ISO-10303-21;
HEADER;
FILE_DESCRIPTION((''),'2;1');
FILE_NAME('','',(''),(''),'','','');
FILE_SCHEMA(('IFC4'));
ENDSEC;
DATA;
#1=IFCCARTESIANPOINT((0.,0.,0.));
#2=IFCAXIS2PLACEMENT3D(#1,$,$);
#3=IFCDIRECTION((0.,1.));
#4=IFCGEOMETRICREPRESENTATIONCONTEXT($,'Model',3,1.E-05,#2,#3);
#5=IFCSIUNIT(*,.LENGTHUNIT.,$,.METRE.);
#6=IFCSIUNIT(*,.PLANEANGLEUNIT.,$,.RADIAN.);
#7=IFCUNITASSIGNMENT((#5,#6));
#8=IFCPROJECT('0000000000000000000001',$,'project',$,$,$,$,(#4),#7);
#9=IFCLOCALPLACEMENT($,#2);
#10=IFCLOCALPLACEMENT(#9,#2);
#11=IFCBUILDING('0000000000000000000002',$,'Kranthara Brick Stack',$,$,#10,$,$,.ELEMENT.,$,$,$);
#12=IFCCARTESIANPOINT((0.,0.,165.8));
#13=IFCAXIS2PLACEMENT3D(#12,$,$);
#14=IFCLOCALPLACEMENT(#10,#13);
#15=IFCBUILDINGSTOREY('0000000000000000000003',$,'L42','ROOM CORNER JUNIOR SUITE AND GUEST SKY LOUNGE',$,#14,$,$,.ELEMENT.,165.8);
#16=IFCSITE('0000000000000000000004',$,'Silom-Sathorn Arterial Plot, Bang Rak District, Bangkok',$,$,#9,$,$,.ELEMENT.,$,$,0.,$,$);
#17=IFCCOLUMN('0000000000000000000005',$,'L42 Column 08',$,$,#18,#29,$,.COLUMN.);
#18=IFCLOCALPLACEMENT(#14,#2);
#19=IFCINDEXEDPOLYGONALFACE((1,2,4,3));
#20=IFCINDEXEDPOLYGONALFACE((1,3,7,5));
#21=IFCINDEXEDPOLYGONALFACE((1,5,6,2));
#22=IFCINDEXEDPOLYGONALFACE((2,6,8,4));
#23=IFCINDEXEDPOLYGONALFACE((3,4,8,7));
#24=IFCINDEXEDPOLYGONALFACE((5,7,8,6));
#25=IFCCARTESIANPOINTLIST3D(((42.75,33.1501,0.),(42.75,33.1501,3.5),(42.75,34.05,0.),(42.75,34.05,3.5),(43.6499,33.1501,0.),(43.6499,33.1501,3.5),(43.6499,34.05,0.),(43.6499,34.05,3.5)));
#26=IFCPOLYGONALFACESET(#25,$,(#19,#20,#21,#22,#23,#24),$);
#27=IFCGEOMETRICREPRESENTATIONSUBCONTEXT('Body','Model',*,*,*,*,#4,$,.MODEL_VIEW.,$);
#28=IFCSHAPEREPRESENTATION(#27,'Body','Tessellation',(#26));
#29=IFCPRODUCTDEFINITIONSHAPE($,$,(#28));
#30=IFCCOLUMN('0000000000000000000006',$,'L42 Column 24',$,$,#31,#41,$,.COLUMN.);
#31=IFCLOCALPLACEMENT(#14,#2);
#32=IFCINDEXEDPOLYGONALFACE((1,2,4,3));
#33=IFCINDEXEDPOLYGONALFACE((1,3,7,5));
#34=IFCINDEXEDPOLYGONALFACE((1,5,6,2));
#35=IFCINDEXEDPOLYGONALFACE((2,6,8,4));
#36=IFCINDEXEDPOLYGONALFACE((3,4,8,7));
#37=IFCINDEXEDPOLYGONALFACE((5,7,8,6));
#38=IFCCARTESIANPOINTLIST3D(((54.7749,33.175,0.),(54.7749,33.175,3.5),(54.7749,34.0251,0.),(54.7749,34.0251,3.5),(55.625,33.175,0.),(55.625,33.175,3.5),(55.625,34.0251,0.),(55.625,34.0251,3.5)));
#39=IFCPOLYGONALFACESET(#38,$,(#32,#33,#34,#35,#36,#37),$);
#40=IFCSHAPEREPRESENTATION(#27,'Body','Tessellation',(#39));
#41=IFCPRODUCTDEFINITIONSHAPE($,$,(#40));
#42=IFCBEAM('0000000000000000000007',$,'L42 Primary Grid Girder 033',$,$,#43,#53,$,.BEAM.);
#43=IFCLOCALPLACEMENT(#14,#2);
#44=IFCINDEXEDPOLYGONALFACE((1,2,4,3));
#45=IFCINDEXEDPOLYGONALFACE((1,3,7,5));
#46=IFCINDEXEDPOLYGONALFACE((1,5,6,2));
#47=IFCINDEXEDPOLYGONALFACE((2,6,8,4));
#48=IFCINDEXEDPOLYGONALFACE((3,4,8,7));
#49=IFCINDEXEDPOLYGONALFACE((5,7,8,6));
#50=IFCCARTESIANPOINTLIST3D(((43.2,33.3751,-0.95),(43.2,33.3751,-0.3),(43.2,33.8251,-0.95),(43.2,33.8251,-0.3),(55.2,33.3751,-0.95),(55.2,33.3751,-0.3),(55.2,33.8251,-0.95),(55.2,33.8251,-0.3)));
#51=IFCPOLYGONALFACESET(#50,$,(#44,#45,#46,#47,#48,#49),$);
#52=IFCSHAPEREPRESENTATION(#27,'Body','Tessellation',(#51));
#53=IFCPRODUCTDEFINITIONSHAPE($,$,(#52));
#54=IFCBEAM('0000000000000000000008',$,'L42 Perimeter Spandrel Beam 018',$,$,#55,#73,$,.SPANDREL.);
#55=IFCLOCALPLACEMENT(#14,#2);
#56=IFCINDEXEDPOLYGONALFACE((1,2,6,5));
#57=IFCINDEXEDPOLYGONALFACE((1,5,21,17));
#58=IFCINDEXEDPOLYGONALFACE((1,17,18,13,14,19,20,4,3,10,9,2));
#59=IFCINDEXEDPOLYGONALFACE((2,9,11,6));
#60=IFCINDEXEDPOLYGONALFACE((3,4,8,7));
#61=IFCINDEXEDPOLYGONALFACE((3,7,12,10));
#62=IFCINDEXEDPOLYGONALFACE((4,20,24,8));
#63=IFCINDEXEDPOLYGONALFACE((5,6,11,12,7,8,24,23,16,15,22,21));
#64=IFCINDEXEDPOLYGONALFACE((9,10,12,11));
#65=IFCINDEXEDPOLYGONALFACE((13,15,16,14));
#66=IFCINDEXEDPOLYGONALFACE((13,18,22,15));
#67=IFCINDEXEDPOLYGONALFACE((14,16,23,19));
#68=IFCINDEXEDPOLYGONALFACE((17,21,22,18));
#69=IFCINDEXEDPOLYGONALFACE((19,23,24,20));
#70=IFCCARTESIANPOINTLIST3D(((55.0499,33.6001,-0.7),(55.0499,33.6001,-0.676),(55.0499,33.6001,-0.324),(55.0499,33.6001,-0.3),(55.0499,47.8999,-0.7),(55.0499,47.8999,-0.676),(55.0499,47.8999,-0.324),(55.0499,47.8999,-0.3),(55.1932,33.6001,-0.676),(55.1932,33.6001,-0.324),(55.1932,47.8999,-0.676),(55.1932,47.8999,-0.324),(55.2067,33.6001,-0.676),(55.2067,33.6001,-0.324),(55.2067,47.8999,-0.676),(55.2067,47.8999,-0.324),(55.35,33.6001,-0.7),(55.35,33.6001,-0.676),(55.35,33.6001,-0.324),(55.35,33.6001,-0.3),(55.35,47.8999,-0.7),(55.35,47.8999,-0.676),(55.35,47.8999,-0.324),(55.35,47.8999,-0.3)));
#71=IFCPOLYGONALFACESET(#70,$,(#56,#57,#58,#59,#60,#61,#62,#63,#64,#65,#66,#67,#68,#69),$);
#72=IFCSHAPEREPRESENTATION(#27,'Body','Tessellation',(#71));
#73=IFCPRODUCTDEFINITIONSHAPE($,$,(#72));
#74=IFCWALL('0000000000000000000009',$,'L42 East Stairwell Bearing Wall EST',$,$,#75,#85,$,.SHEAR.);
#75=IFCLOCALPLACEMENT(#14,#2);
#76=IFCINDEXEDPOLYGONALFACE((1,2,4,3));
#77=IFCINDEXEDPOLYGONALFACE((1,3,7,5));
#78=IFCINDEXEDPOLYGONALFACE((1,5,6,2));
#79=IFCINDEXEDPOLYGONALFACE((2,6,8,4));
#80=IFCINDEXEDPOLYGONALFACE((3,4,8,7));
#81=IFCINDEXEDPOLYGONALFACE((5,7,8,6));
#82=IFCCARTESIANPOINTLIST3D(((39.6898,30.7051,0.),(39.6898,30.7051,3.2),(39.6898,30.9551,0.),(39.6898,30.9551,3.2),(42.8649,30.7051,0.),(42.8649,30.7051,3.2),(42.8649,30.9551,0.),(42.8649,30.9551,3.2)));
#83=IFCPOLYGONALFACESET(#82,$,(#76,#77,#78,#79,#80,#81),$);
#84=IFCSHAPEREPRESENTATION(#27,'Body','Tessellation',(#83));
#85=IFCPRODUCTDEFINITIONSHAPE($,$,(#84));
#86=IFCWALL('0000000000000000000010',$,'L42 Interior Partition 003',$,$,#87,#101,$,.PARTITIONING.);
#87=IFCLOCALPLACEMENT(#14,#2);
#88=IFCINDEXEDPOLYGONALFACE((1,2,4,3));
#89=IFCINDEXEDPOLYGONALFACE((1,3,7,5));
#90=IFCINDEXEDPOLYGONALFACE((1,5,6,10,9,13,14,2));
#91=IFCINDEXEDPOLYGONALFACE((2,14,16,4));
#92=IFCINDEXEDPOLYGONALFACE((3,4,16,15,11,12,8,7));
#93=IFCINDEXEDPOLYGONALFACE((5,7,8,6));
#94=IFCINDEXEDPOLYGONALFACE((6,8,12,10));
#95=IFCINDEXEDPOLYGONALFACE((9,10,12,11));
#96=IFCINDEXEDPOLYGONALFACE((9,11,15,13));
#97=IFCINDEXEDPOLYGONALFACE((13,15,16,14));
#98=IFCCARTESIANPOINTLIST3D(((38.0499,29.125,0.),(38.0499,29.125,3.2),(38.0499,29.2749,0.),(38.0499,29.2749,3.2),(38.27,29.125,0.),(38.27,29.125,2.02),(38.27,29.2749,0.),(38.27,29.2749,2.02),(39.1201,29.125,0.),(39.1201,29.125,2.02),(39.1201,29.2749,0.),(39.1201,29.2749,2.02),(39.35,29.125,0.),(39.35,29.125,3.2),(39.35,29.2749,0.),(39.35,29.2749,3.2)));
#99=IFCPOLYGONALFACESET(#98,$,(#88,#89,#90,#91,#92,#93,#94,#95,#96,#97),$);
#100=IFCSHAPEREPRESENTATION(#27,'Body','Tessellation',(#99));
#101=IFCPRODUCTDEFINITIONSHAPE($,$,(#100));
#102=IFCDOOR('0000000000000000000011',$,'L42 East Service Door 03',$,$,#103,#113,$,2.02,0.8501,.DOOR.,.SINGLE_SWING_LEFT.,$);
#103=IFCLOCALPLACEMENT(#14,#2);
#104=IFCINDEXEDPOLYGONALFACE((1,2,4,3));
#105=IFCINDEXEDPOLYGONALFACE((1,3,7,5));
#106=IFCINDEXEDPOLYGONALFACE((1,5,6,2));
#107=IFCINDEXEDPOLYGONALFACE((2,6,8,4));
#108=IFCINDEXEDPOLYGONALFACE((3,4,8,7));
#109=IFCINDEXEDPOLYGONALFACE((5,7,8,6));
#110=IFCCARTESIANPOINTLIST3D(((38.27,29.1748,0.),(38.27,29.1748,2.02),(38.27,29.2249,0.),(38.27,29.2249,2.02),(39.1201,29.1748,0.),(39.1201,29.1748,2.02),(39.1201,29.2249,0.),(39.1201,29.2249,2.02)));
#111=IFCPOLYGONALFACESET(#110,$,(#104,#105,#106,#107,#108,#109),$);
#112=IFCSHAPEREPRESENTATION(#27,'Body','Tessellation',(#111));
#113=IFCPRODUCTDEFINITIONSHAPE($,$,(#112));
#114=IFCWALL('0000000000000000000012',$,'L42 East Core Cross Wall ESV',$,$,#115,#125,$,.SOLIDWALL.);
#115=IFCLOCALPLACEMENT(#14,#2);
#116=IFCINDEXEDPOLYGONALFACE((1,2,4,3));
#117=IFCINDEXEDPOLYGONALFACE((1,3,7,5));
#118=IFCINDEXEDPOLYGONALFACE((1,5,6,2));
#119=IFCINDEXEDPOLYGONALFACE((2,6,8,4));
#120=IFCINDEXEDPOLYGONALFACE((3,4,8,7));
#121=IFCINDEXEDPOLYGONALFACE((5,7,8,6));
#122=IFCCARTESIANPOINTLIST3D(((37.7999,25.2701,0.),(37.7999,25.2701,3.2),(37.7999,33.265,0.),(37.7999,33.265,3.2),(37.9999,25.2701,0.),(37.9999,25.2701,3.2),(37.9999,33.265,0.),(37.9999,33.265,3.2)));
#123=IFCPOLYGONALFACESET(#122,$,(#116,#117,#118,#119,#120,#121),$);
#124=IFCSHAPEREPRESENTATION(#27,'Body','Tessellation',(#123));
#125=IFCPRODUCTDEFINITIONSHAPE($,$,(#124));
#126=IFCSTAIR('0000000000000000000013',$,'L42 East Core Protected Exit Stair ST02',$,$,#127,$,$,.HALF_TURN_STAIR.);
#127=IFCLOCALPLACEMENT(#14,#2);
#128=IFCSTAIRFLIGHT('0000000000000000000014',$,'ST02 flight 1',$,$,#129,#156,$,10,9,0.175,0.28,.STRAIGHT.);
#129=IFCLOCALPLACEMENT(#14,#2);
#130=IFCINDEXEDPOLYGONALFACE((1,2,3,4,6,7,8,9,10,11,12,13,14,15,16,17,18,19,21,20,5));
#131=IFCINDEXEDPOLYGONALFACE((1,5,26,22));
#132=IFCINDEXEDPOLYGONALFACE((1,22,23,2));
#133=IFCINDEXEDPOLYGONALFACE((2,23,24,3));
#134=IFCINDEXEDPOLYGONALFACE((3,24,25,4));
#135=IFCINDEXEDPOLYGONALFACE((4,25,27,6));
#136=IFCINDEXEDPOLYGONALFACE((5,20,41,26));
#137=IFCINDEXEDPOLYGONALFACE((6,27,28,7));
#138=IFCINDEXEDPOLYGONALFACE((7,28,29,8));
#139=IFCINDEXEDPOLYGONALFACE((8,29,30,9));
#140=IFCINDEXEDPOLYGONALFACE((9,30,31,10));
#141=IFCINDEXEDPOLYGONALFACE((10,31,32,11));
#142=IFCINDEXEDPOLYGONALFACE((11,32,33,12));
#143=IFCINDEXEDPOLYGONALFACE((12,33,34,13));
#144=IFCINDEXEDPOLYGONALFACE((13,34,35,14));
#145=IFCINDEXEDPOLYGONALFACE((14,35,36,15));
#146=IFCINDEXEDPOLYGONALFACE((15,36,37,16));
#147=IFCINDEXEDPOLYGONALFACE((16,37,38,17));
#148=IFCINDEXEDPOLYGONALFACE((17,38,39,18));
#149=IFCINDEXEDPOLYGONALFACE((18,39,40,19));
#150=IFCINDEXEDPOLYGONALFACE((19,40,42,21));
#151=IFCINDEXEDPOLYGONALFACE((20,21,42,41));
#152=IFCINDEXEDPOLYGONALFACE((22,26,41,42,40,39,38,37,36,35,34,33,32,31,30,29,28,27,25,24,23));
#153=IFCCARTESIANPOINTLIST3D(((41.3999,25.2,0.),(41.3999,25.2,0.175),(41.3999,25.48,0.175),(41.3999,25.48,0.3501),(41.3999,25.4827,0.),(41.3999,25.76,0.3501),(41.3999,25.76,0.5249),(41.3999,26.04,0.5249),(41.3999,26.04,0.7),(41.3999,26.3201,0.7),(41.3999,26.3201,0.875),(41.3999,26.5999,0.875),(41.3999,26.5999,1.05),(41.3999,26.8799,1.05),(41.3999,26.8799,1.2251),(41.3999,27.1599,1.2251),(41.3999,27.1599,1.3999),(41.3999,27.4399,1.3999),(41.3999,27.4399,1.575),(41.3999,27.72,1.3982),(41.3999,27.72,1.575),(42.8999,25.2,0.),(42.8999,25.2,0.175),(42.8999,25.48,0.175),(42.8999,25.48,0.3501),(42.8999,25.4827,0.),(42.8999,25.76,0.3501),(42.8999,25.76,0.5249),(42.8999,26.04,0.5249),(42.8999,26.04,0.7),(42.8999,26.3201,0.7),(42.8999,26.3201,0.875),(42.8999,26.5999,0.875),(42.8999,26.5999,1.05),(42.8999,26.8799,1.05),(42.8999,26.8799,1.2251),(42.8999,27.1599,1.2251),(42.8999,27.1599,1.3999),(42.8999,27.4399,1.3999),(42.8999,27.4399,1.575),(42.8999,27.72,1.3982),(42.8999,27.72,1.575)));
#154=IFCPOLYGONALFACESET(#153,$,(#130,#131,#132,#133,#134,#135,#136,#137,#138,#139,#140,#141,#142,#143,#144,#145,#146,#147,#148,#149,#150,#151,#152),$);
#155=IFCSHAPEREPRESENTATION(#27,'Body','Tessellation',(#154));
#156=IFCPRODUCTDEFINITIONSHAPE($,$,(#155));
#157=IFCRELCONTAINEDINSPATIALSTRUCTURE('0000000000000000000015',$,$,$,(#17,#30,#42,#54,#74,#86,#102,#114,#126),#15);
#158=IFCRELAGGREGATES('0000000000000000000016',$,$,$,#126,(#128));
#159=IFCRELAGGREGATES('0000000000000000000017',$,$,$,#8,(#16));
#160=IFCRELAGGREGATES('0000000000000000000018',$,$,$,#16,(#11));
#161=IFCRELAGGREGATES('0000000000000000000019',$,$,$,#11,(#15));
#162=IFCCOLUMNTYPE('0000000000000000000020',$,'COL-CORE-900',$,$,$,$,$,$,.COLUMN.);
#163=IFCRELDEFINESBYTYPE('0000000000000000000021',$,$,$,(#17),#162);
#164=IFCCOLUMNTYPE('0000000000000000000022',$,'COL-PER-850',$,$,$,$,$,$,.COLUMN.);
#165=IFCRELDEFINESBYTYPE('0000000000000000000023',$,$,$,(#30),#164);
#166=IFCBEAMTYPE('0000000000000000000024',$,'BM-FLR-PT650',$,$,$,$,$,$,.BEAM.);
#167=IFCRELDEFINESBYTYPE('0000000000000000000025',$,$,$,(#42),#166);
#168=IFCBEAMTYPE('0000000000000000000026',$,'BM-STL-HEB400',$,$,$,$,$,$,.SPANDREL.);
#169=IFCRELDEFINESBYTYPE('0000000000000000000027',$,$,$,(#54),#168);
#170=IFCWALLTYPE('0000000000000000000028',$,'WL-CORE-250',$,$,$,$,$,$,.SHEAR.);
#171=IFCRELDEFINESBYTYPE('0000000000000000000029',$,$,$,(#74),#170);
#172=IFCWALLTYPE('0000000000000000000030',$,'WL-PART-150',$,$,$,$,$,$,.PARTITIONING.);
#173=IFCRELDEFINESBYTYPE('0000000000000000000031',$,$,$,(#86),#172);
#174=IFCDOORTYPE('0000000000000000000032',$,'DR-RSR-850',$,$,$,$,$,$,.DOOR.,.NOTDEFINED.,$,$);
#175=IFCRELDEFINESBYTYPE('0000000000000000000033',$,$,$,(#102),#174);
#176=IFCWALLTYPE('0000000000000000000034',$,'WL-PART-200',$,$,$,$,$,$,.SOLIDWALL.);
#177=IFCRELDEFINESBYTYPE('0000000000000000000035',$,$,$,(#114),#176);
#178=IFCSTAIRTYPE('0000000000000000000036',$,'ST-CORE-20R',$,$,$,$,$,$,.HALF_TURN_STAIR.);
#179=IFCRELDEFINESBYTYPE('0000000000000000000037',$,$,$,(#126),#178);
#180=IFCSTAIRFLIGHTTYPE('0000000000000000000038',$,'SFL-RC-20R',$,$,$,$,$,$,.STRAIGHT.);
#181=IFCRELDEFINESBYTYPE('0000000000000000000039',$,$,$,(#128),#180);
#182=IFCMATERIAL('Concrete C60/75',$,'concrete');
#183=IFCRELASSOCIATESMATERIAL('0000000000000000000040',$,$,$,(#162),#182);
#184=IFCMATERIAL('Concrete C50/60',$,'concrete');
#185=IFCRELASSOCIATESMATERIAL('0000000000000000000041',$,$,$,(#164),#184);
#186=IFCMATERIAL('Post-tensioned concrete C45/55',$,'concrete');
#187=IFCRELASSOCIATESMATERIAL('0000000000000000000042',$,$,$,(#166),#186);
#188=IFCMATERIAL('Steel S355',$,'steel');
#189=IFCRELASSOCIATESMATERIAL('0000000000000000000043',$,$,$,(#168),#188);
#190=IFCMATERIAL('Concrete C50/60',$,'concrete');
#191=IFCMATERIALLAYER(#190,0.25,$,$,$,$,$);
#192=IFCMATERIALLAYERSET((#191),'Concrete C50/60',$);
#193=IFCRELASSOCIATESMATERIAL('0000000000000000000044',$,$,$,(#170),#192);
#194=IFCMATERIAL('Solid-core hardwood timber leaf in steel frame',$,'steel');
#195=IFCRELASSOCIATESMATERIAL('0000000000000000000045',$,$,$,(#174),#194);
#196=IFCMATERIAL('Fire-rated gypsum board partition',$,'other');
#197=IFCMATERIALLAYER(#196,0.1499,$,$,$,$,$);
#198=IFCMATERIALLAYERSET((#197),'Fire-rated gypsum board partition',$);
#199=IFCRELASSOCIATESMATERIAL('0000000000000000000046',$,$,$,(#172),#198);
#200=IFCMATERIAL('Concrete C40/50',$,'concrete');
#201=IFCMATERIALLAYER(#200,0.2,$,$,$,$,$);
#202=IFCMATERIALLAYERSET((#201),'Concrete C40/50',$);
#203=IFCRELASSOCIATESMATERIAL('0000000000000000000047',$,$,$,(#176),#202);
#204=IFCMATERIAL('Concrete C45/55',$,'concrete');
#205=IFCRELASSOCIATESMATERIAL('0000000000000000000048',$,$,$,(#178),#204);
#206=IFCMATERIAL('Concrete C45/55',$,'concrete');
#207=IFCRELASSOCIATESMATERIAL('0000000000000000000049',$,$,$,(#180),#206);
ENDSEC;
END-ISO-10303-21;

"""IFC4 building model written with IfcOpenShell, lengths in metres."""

from ifc_helpers import new_model, si_unit, direction, frame, frame_2d, origin, origin_2d, place, context, subcontext, project, spatial, polyline, rectangle, i_section, outline, extrude, material, layer, layer_set, material_profile, profile_set, type_object, element, fill, aggregate, save


model = new_model("IFC4")

# Units and contexts
model_context = context("Model", 3, precision=1e-05, world=origin(), true_north=direction((0.0, 1.0)))
body_context = subcontext(model_context, "Body", "Model", "MODEL_VIEW")
ifc_project = project(units=[si_unit("LENGTHUNIT", "METRE"), si_unit("PLANEANGLEUNIT", "RADIAN")], contexts=[model_context])

# Site, building, storey
site_placement = place(None, origin())
site = spatial("IfcSite", under=ifc_project, at=site_placement, Name="Silom-Sathorn Arterial Plot, Bang Rak District, Bangkok", CompositionType="ELEMENT", RefElevation=0.0)
building_placement = place(site_placement, origin())
building = spatial("IfcBuilding", under=site, at=building_placement, Name="Kranthara Brick Stack", CompositionType="ELEMENT")
storey_placement = place(building_placement, frame((0.0, 0.0, 165.8)))
storey = spatial("IfcBuildingStorey", under=building, at=storey_placement, Name="L42", Description="ROOM CORNER JUNIOR SUITE AND GUEST SKY LOUNGE", CompositionType="ELEMENT", Elevation=165.8)

# Columns
ifc_material_1 = material(Name="Concrete C60/75", Category="concrete")
ifc_material_profile_1 = material_profile(ifc_material_1, rectangle(XDim=0.8999, YDim=0.8999, at=origin_2d()), Name="RC 900x900")
ifc_profile_set_1 = profile_set([ifc_material_profile_1], Name="Concrete C60/75")
column_type_1 = type_object("IfcColumnType", Name="COL-CORE-900", PredefinedType="COLUMN", material=ifc_profile_set_1)
column_1_placement = place(storey_placement, frame((43.2, 33.6001, 0.0), z_axis=(0.0, 0.0, 1.0), x_axis=(1.0, 0.0, 0.0)))
element("IfcColumn", 1, at=column_1_placement, inside=storey, type_object=column_type_1, Name="L42 Column 08", PredefinedType="COLUMN", context=body_context, shape_type="SweptSolid", body=[
    extrude(rectangle(XDim=0.8999, YDim=0.8999, at=origin_2d()), origin(), (0.0, 0.0, 1.0), 3.5),
])
ifc_material_2 = material(Name="Concrete C50/60", Category="concrete")
ifc_material_profile_2 = material_profile(ifc_material_2, rectangle(XDim=0.8501, YDim=0.8501, at=origin_2d()), Name="RC 850x850")
ifc_profile_set_2 = profile_set([ifc_material_profile_2], Name="Concrete C50/60")
column_type_2 = type_object("IfcColumnType", Name="COL-PER-850", PredefinedType="COLUMN", material=ifc_profile_set_2)
column_2_placement = place(storey_placement, frame((55.2, 33.6001, 0.0), z_axis=(0.0, 0.0, 1.0), x_axis=(1.0, 0.0, 0.0)))
element("IfcColumn", 2, at=column_2_placement, inside=storey, type_object=column_type_2, Name="L42 Column 24", PredefinedType="COLUMN", context=body_context, shape_type="SweptSolid", body=[
    extrude(rectangle(XDim=0.8501, YDim=0.8501, at=origin_2d()), origin(), (0.0, 0.0, 1.0), 3.5),
])

# Beams
ifc_material_3 = material(Name="Post-tensioned concrete C45/55", Category="concrete")
ifc_material_profile_3 = material_profile(ifc_material_3, rectangle(XDim=0.45, YDim=0.6499, at=origin_2d()), Name="PT 450x650")
ifc_profile_set_3 = profile_set([ifc_material_profile_3], Name="Post-tensioned concrete C45/55")
beam_type_1 = type_object("IfcBeamType", Name="BM-FLR-PT650", PredefinedType="BEAM", material=ifc_profile_set_3)
beam_1_placement = place(storey_placement, frame((43.2, 33.6001, -0.625), z_axis=(1.0, 0.0, 0.0), x_axis=(0.0, 1.0, 0.0)))
element("IfcBeam", 3, at=beam_1_placement, inside=storey, type_object=beam_type_1, Name="L42 Primary Grid Girder 033", PredefinedType="BEAM", context=body_context, shape_type="SweptSolid", body=[
    extrude(rectangle(XDim=0.45, YDim=0.6499, at=origin_2d()), origin(), (0.0, 0.0, 1.0), 12.0),
])
ifc_material_4 = material(Name="Steel S355", Category="steel")
ifc_material_profile_4 = material_profile(ifc_material_4, i_section(OverallWidth=0.3, OverallDepth=0.3999, WebThickness=0.0134, FlangeThickness=0.0239, at=origin_2d()), Name="HEB 400")
ifc_profile_set_4 = profile_set([ifc_material_profile_4], Name="Steel S355")
beam_type_2 = type_object("IfcBeamType", Name="BM-STL-HEB400", PredefinedType="SPANDREL", material=ifc_profile_set_4)
beam_2_placement = place(storey_placement, frame((55.2, 33.6001, -0.5), z_axis=(0.0, 1.0, 0.0), x_axis=(-1.0, 0.0, 0.0)))
element("IfcBeam", 4, at=beam_2_placement, inside=storey, type_object=beam_type_2, Name="L42 Perimeter Spandrel Beam 018", PredefinedType="SPANDREL", context=body_context, shape_type="SweptSolid", body=[
    extrude(i_section(OverallWidth=0.3, OverallDepth=0.3999, WebThickness=0.0134, FlangeThickness=0.0239, at=origin_2d()), origin(), (0.0, 0.0, 1.0), 14.2998),
])

# Wall
ifc_material_5 = material(Name="Concrete C50/60", Category="concrete")
ifc_layer_1 = layer(ifc_material_5, 0.25)
ifc_layer_set_1 = layer_set([ifc_layer_1], Name="Concrete C50/60")
wall_type_1 = type_object("IfcWallType", Name="WL-CORE-250", PredefinedType="SHEAR", material=ifc_layer_set_1)
wall_1_placement = place(storey_placement, frame((39.6899, 30.8301, 0.0), z_axis=(0.0, 0.0, 1.0), x_axis=(1.0, 0.0, 0.0)))
element("IfcWall", 5, at=wall_1_placement, inside=storey, type_object=wall_type_1, Name="L42 East Stairwell Bearing Wall EST", PredefinedType="SHEAR", context=body_context, shape_type="SweptSolid", body=[
    extrude(rectangle(XDim=3.175, YDim=0.25, at=frame_2d((1.5874, 0.0))), origin(), (0.0, 0.0, 1.0), 3.2),
])

# Shared definitions
ifc_material_6 = material(Name="Solid-core hardwood timber leaf in steel frame", Category="steel")
door_type_1 = type_object("IfcDoorType", Name="DR-RSR-850", OperationType="NOTDEFINED", PredefinedType="DOOR", material=ifc_material_6)

# Wall, opening, door
ifc_material_7 = material(Name="Fire-rated gypsum board partition", Category="other")
ifc_layer_2 = layer(ifc_material_7, 0.1499)
ifc_layer_set_2 = layer_set([ifc_layer_2], Name="Fire-rated gypsum board partition")
wall_type_2 = type_object("IfcWallType", Name="WL-PART-150", PredefinedType="PARTITIONING", material=ifc_layer_set_2)
wall_2_placement = place(storey_placement, frame((38.05, 29.2, 0.0), z_axis=(0.0, 0.0, 1.0), x_axis=(1.0, 0.0, 0.0)))
wall_2 = element("IfcWall", 6, at=wall_2_placement, inside=storey, type_object=wall_type_2, Name="L42 Interior Partition 003", PredefinedType="PARTITIONING", context=body_context, shape_type="SweptSolid", body=[
    extrude(rectangle(XDim=1.3, YDim=0.1499, at=frame_2d((0.6499, 0.0))), origin(), (0.0, 0.0, 1.0), 3.2),
])
opening_1_placement = place(wall_2_placement, frame((0.22, 0.0, 0.0)))
opening_1 = element("IfcOpeningElement", 7, at=opening_1_placement, cuts=wall_2, PredefinedType="OPENING", context=body_context, shape_type="SweptSolid", body=[
    extrude(rectangle(XDim=0.8501, YDim=2.02, at=frame_2d((0.425, 1.01))), frame((0.0, 0.085, 0.0), z_axis=(0.0, -1.0, 0.0), x_axis=(1.0, 0.0, 0.0)), (0.0, 0.0, 1.0), 0.1699),
])
door_1_placement = place(opening_1_placement, origin())
door_1 = element("IfcDoor", 8, at=door_1_placement, inside=storey, type_object=door_type_1, Name="L42 East Service Door 03", OperationType="SINGLE_SWING_LEFT", OverallHeight=2.02, OverallWidth=0.8501, PredefinedType="DOOR", context=body_context, shape_type="SweptSolid", body=[
    extrude(rectangle(XDim=0.8501, YDim=2.02, at=frame_2d((0.425, 1.01))), frame((0.0, 0.0249, 0.0), z_axis=(0.0, -1.0, 0.0), x_axis=(1.0, 0.0, 0.0)), (0.0, 0.0, 1.0), 0.05),
])
fill(opening_1, door_1)

# Wall
ifc_material_8 = material(Name="Concrete C40/50", Category="concrete")
ifc_layer_3 = layer(ifc_material_8, 0.2)
ifc_layer_set_3 = layer_set([ifc_layer_3], Name="Concrete C40/50")
wall_type_3 = type_object("IfcWallType", Name="WL-PART-200", PredefinedType="SOLIDWALL", material=ifc_layer_set_3)
wall_3_placement = place(storey_placement, frame((37.8999, 25.27, 0.0), z_axis=(0.0, 0.0, 1.0), x_axis=(0.0, 1.0, 0.0)))
element("IfcWall", 9, at=wall_3_placement, inside=storey, type_object=wall_type_3, Name="L42 East Core Cross Wall ESV", PredefinedType="SOLIDWALL", context=body_context, shape_type="SweptSolid", body=[
    extrude(rectangle(XDim=7.9949, YDim=0.2, at=frame_2d((3.9976, 0.0))), origin(), (0.0, 0.0, 1.0), 3.2),
])

# Stair, stair flight
ifc_material_9 = material(Name="Concrete C45/55", Category="concrete")
stair_type = type_object("IfcStairType", Name="ST-CORE-20R", PredefinedType="HALF_TURN_STAIR", material=ifc_material_9)
stair_placement = place(storey_placement, origin())
stair = element("IfcStair", 10, at=stair_placement, inside=storey, type_object=stair_type, Name="L42 East Core Protected Exit Stair ST02", PredefinedType="HALF_TURN_STAIR")
ifc_material_10 = material(Name="Concrete C45/55", Category="concrete")
stair_flight_type = type_object("IfcStairFlightType", Name="SFL-RC-20R", PredefinedType="STRAIGHT", material=ifc_material_10)
stair_flight_1_placement = place(storey_placement, frame((42.1499, 25.2, 0.0), z_axis=(0.0, 0.0, 1.0), x_axis=(0.0, 1.0, 0.0)))
stair_flight_1 = element("IfcStairFlight", 11, at=stair_flight_1_placement, type_object=stair_flight_type, Name="ST02 flight 1", NumberOfRisers=10, NumberOfTreads=9, PredefinedType="STRAIGHT", RiserHeight=0.175, TreadLength=0.28, context=body_context, shape_type="SweptSolid", body=[
    extrude(outline(polyline([(0.0, 0.0), (0.0, 0.175), (0.28, 0.175), (0.28, 0.3501), (0.5601, 0.3501), (0.5601, 0.5249), (0.8401, 0.5249), (0.8401, 0.7), (1.1201, 0.7), (1.1201, 0.875), (1.3999, 0.875), (1.3999, 1.05), (1.6799, 1.05), (1.6799, 1.2251), (1.96, 1.2251), (1.96, 1.3999), (2.24, 1.3999), (2.24, 1.575), (2.52, 1.575), (2.52, 1.75), (2.52, 1.3982), (0.2827, 0.0), (0.0, 0.0)])), frame((0.0, 0.75, 0.0), z_axis=(0.0, -1.0, 0.0), x_axis=(1.0, 0.0, 0.0)), (0.0, 0.0, 1.0), 1.5),
])
aggregate(stair, [stair_flight_1])

save(model, "model.ifc")
